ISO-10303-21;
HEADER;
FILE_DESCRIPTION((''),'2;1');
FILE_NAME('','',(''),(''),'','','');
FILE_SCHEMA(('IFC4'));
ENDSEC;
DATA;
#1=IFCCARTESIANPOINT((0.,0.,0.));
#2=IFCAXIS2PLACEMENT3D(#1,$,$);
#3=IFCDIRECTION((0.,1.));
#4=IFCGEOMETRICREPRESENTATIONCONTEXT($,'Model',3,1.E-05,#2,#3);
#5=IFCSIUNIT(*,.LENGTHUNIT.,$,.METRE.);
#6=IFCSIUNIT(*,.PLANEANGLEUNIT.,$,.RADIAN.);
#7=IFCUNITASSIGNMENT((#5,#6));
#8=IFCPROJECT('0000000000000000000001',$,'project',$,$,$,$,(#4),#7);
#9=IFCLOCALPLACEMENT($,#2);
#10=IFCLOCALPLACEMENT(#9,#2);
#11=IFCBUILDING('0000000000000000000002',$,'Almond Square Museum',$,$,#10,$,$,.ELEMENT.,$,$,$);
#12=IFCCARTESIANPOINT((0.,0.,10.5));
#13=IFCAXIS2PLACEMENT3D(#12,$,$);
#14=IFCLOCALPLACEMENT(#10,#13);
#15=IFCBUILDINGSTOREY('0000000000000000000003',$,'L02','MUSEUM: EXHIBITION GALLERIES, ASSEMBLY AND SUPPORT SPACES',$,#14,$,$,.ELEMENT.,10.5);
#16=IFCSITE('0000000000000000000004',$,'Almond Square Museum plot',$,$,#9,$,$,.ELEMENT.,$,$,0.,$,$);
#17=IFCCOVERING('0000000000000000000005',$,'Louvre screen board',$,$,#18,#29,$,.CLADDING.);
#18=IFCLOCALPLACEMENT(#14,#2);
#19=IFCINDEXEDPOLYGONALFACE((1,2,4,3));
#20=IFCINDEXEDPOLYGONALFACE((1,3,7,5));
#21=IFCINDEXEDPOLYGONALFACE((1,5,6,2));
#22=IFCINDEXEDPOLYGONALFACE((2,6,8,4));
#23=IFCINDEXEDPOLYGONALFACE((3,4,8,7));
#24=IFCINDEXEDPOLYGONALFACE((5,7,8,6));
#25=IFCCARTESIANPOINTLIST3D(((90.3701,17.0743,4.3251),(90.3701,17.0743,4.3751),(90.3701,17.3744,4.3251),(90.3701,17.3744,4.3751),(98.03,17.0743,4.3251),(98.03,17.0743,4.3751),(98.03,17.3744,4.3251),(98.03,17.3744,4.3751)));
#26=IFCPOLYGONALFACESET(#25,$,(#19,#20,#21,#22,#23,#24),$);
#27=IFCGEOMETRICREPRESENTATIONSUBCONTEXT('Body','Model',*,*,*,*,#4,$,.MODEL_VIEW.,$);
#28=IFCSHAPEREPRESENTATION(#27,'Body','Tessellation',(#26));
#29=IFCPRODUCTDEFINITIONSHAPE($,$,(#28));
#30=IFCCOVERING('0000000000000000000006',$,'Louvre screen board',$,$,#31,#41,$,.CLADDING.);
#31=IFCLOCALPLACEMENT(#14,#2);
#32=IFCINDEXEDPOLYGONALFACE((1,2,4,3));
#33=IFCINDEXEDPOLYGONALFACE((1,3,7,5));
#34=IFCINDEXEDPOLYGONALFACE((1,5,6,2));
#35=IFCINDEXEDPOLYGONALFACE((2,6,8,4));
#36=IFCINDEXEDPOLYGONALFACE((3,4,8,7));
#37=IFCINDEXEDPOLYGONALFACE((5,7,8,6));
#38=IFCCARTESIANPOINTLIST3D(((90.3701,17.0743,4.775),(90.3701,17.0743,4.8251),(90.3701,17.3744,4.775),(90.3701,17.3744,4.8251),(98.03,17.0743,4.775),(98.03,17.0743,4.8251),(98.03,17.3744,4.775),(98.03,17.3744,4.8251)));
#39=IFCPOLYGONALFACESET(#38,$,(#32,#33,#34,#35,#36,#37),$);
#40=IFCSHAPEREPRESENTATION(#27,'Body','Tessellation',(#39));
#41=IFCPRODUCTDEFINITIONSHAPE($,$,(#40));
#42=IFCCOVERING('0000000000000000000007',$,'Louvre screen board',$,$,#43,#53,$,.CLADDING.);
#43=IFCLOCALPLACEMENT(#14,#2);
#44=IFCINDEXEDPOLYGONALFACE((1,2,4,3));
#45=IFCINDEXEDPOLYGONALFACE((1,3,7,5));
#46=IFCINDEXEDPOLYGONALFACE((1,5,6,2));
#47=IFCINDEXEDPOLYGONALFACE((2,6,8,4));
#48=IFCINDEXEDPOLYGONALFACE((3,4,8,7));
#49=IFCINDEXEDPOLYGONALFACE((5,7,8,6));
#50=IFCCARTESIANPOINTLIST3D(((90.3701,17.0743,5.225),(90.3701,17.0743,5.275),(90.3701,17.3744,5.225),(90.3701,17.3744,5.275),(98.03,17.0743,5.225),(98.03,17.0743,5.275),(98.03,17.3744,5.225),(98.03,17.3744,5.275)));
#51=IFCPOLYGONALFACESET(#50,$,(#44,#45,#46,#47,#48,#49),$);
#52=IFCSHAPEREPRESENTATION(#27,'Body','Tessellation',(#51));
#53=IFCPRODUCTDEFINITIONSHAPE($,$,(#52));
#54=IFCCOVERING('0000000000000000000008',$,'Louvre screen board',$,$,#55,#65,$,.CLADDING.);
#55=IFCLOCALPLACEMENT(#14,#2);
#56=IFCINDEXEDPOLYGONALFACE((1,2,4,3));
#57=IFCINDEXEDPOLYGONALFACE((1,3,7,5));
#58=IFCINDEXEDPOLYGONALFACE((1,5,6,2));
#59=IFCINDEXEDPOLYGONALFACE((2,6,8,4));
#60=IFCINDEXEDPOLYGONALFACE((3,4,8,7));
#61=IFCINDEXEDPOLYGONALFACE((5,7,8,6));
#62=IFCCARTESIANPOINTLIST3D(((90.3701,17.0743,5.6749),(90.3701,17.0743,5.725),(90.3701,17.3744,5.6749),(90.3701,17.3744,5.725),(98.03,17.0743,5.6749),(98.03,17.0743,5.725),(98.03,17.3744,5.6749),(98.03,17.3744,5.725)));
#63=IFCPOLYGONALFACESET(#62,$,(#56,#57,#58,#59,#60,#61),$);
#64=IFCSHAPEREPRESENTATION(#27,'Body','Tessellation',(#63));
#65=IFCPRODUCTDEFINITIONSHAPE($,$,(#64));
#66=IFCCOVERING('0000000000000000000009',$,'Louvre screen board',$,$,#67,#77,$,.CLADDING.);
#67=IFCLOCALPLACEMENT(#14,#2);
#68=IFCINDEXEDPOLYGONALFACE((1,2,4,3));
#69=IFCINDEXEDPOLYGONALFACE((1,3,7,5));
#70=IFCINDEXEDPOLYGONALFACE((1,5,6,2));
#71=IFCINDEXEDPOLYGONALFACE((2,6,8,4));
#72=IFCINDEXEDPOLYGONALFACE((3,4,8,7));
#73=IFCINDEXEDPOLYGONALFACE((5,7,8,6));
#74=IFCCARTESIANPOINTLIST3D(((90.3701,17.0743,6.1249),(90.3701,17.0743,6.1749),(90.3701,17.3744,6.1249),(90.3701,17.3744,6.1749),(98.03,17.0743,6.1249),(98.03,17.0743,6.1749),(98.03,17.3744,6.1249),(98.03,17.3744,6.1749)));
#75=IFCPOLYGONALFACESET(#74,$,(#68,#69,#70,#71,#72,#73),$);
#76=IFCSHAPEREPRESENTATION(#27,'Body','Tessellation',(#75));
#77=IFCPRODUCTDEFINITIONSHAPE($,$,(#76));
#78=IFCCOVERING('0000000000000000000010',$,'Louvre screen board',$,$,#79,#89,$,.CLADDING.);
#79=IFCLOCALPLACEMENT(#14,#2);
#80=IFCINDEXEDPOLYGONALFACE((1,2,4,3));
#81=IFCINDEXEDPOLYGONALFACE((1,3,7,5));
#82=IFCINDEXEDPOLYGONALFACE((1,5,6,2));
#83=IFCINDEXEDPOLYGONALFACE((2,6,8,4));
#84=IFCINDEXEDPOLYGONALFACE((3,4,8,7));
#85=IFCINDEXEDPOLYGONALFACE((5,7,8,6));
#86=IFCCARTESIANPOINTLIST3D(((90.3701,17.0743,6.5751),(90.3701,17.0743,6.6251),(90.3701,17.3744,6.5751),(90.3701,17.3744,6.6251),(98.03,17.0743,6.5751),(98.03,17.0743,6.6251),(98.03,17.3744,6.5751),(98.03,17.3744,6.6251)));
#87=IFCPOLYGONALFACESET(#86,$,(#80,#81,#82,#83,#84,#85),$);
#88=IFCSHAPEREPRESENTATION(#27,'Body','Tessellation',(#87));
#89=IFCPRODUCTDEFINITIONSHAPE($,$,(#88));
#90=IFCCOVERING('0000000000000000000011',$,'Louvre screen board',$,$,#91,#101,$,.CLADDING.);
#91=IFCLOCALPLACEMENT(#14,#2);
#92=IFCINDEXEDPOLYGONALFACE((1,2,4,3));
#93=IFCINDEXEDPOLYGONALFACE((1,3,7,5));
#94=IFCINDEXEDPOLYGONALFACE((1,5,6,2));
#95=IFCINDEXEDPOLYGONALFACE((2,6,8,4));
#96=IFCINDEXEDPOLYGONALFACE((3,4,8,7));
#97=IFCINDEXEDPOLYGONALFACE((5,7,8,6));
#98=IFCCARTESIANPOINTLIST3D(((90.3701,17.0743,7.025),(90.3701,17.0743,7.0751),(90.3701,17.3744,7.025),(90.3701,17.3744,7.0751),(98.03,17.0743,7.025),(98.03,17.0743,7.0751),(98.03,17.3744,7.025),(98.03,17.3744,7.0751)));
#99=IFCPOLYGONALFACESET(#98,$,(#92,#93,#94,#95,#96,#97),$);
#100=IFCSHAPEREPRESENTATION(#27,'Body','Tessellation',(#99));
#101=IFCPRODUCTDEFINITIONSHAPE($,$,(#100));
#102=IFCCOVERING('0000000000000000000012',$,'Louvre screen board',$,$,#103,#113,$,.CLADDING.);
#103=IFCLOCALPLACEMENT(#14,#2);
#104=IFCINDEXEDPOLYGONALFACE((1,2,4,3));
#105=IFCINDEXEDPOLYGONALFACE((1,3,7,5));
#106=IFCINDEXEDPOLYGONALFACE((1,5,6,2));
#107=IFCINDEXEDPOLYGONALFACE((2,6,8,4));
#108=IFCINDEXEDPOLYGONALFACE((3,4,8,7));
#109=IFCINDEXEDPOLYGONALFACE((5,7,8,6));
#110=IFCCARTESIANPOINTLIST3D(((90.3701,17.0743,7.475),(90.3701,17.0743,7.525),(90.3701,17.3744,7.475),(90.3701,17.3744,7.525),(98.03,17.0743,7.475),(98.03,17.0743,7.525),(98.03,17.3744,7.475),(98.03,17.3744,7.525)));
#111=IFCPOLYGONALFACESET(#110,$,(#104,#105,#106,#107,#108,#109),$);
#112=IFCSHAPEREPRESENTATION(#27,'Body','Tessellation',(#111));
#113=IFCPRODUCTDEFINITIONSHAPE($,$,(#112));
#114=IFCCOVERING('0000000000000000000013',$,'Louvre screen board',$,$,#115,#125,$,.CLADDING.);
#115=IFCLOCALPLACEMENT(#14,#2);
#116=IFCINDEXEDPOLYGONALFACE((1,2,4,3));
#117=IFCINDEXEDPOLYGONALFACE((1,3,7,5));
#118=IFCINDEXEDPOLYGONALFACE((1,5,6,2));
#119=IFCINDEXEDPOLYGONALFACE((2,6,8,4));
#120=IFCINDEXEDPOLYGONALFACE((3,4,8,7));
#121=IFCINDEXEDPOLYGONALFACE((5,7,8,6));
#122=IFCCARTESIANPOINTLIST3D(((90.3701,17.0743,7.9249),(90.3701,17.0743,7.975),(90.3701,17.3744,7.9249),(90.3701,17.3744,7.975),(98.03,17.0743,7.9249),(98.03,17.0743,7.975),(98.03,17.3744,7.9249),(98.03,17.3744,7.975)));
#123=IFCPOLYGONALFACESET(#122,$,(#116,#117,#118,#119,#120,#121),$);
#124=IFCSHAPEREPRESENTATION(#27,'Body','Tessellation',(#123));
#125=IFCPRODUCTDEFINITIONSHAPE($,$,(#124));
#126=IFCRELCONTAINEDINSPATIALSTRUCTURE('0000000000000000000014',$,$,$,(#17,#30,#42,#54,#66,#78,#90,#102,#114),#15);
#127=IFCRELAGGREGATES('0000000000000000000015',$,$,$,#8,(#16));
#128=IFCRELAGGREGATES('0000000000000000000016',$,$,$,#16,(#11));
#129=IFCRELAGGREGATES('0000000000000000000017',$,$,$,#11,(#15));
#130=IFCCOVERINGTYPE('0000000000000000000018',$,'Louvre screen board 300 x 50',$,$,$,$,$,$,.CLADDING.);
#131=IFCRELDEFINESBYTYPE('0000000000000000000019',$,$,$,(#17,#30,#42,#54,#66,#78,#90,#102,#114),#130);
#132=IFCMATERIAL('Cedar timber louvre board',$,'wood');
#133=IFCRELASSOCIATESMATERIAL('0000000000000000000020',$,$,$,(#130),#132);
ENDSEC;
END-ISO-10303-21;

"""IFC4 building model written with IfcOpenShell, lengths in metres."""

from ifc_helpers import new_model, si_unit, direction, frame, origin, origin_2d, place, context, subcontext, project, spatial, rectangle, extrude, material, material_profile, profile_set, type_object, element, save


model = new_model("IFC4")

# Units and contexts
model_context = context("Model", 3, precision=1e-05, world=origin(), true_north=direction((0.0, 1.0)))
body_context = subcontext(model_context, "Body", "Model", "MODEL_VIEW")
ifc_project = project(units=[si_unit("LENGTHUNIT", "METRE"), si_unit("PLANEANGLEUNIT", "RADIAN")], contexts=[model_context])

# Site, building, storey
site_placement = place(None, origin())
site = spatial("IfcSite", under=ifc_project, at=site_placement, Name="Almond Square Museum plot", CompositionType="ELEMENT", RefElevation=0.0)
building_placement = place(site_placement, origin())
building = spatial("IfcBuilding", under=site, at=building_placement, Name="Almond Square Museum", CompositionType="ELEMENT")
storey_placement = place(building_placement, frame((0.0, 0.0, 10.5)))
storey = spatial("IfcBuildingStorey", under=building, at=storey_placement, Name="L02", Description="MUSEUM: EXHIBITION GALLERIES, ASSEMBLY AND SUPPORT SPACES", CompositionType="ELEMENT", Elevation=10.5)

# Coverings
ifc_material_1 = material(Name="Cedar timber louvre board", Category="wood")
ifc_material_profile_1 = material_profile(ifc_material_1, rectangle(XDim=0.3, YDim=0.05, at=origin_2d()))
ifc_profile_set_1 = profile_set([ifc_material_profile_1], Name="Cedar timber louvre board")
covering_type = type_object("IfcCoveringType", Name="Louvre screen board 300 x 50", PredefinedType="CLADDING", material=ifc_profile_set_1)
for number, where, z_axis, x_axis, name in (
    (1, (90.3701, 17.2244, 4.3501), (1.0, 0.0, 0.0), (0.0, 1.0, 0.0), "Louvre screen board"),
    (2, (90.3701, 17.2244, 4.8), (1.0, 0.0, 0.0), (0.0, 1.0, 0.0), "Louvre screen board"),
    (3, (90.3701, 17.2244, 5.25), (1.0, 0.0, 0.0), (0.0, 1.0, 0.0), "Louvre screen board"),
    (4, (90.3701, 17.2244, 5.7), (1.0, 0.0, 0.0), (0.0, 1.0, 0.0), "Louvre screen board"),
    (5, (90.3701, 17.2244, 6.1499), (1.0, 0.0, 0.0), (0.0, 1.0, 0.0), "Louvre screen board"),
    (6, (90.3701, 17.2244, 6.6001), (1.0, 0.0, 0.0), (0.0, 1.0, 0.0), "Louvre screen board"),
    (7, (90.3701, 17.2244, 7.05), (1.0, 0.0, 0.0), (0.0, 1.0, 0.0), "Louvre screen board"),
    (8, (90.3701, 17.2244, 7.5), (1.0, 0.0, 0.0), (0.0, 1.0, 0.0), "Louvre screen board"),
    (9, (90.3701, 17.2244, 7.95), (1.0, 0.0, 0.0), (0.0, 1.0, 0.0), "Louvre screen board"),
):
    element("IfcCovering", number, at=place(storey_placement, frame(where, z_axis=z_axis, x_axis=x_axis)), inside=storey, type_object=covering_type, Name=name, PredefinedType="CLADDING", context=body_context, shape_type="SweptSolid", body=[
        extrude(rectangle(XDim=0.3, YDim=0.05, at=origin_2d()), origin(), (0.0, 0.0, 1.0), 7.6599),
    ])

save(model, "model.ifc")
